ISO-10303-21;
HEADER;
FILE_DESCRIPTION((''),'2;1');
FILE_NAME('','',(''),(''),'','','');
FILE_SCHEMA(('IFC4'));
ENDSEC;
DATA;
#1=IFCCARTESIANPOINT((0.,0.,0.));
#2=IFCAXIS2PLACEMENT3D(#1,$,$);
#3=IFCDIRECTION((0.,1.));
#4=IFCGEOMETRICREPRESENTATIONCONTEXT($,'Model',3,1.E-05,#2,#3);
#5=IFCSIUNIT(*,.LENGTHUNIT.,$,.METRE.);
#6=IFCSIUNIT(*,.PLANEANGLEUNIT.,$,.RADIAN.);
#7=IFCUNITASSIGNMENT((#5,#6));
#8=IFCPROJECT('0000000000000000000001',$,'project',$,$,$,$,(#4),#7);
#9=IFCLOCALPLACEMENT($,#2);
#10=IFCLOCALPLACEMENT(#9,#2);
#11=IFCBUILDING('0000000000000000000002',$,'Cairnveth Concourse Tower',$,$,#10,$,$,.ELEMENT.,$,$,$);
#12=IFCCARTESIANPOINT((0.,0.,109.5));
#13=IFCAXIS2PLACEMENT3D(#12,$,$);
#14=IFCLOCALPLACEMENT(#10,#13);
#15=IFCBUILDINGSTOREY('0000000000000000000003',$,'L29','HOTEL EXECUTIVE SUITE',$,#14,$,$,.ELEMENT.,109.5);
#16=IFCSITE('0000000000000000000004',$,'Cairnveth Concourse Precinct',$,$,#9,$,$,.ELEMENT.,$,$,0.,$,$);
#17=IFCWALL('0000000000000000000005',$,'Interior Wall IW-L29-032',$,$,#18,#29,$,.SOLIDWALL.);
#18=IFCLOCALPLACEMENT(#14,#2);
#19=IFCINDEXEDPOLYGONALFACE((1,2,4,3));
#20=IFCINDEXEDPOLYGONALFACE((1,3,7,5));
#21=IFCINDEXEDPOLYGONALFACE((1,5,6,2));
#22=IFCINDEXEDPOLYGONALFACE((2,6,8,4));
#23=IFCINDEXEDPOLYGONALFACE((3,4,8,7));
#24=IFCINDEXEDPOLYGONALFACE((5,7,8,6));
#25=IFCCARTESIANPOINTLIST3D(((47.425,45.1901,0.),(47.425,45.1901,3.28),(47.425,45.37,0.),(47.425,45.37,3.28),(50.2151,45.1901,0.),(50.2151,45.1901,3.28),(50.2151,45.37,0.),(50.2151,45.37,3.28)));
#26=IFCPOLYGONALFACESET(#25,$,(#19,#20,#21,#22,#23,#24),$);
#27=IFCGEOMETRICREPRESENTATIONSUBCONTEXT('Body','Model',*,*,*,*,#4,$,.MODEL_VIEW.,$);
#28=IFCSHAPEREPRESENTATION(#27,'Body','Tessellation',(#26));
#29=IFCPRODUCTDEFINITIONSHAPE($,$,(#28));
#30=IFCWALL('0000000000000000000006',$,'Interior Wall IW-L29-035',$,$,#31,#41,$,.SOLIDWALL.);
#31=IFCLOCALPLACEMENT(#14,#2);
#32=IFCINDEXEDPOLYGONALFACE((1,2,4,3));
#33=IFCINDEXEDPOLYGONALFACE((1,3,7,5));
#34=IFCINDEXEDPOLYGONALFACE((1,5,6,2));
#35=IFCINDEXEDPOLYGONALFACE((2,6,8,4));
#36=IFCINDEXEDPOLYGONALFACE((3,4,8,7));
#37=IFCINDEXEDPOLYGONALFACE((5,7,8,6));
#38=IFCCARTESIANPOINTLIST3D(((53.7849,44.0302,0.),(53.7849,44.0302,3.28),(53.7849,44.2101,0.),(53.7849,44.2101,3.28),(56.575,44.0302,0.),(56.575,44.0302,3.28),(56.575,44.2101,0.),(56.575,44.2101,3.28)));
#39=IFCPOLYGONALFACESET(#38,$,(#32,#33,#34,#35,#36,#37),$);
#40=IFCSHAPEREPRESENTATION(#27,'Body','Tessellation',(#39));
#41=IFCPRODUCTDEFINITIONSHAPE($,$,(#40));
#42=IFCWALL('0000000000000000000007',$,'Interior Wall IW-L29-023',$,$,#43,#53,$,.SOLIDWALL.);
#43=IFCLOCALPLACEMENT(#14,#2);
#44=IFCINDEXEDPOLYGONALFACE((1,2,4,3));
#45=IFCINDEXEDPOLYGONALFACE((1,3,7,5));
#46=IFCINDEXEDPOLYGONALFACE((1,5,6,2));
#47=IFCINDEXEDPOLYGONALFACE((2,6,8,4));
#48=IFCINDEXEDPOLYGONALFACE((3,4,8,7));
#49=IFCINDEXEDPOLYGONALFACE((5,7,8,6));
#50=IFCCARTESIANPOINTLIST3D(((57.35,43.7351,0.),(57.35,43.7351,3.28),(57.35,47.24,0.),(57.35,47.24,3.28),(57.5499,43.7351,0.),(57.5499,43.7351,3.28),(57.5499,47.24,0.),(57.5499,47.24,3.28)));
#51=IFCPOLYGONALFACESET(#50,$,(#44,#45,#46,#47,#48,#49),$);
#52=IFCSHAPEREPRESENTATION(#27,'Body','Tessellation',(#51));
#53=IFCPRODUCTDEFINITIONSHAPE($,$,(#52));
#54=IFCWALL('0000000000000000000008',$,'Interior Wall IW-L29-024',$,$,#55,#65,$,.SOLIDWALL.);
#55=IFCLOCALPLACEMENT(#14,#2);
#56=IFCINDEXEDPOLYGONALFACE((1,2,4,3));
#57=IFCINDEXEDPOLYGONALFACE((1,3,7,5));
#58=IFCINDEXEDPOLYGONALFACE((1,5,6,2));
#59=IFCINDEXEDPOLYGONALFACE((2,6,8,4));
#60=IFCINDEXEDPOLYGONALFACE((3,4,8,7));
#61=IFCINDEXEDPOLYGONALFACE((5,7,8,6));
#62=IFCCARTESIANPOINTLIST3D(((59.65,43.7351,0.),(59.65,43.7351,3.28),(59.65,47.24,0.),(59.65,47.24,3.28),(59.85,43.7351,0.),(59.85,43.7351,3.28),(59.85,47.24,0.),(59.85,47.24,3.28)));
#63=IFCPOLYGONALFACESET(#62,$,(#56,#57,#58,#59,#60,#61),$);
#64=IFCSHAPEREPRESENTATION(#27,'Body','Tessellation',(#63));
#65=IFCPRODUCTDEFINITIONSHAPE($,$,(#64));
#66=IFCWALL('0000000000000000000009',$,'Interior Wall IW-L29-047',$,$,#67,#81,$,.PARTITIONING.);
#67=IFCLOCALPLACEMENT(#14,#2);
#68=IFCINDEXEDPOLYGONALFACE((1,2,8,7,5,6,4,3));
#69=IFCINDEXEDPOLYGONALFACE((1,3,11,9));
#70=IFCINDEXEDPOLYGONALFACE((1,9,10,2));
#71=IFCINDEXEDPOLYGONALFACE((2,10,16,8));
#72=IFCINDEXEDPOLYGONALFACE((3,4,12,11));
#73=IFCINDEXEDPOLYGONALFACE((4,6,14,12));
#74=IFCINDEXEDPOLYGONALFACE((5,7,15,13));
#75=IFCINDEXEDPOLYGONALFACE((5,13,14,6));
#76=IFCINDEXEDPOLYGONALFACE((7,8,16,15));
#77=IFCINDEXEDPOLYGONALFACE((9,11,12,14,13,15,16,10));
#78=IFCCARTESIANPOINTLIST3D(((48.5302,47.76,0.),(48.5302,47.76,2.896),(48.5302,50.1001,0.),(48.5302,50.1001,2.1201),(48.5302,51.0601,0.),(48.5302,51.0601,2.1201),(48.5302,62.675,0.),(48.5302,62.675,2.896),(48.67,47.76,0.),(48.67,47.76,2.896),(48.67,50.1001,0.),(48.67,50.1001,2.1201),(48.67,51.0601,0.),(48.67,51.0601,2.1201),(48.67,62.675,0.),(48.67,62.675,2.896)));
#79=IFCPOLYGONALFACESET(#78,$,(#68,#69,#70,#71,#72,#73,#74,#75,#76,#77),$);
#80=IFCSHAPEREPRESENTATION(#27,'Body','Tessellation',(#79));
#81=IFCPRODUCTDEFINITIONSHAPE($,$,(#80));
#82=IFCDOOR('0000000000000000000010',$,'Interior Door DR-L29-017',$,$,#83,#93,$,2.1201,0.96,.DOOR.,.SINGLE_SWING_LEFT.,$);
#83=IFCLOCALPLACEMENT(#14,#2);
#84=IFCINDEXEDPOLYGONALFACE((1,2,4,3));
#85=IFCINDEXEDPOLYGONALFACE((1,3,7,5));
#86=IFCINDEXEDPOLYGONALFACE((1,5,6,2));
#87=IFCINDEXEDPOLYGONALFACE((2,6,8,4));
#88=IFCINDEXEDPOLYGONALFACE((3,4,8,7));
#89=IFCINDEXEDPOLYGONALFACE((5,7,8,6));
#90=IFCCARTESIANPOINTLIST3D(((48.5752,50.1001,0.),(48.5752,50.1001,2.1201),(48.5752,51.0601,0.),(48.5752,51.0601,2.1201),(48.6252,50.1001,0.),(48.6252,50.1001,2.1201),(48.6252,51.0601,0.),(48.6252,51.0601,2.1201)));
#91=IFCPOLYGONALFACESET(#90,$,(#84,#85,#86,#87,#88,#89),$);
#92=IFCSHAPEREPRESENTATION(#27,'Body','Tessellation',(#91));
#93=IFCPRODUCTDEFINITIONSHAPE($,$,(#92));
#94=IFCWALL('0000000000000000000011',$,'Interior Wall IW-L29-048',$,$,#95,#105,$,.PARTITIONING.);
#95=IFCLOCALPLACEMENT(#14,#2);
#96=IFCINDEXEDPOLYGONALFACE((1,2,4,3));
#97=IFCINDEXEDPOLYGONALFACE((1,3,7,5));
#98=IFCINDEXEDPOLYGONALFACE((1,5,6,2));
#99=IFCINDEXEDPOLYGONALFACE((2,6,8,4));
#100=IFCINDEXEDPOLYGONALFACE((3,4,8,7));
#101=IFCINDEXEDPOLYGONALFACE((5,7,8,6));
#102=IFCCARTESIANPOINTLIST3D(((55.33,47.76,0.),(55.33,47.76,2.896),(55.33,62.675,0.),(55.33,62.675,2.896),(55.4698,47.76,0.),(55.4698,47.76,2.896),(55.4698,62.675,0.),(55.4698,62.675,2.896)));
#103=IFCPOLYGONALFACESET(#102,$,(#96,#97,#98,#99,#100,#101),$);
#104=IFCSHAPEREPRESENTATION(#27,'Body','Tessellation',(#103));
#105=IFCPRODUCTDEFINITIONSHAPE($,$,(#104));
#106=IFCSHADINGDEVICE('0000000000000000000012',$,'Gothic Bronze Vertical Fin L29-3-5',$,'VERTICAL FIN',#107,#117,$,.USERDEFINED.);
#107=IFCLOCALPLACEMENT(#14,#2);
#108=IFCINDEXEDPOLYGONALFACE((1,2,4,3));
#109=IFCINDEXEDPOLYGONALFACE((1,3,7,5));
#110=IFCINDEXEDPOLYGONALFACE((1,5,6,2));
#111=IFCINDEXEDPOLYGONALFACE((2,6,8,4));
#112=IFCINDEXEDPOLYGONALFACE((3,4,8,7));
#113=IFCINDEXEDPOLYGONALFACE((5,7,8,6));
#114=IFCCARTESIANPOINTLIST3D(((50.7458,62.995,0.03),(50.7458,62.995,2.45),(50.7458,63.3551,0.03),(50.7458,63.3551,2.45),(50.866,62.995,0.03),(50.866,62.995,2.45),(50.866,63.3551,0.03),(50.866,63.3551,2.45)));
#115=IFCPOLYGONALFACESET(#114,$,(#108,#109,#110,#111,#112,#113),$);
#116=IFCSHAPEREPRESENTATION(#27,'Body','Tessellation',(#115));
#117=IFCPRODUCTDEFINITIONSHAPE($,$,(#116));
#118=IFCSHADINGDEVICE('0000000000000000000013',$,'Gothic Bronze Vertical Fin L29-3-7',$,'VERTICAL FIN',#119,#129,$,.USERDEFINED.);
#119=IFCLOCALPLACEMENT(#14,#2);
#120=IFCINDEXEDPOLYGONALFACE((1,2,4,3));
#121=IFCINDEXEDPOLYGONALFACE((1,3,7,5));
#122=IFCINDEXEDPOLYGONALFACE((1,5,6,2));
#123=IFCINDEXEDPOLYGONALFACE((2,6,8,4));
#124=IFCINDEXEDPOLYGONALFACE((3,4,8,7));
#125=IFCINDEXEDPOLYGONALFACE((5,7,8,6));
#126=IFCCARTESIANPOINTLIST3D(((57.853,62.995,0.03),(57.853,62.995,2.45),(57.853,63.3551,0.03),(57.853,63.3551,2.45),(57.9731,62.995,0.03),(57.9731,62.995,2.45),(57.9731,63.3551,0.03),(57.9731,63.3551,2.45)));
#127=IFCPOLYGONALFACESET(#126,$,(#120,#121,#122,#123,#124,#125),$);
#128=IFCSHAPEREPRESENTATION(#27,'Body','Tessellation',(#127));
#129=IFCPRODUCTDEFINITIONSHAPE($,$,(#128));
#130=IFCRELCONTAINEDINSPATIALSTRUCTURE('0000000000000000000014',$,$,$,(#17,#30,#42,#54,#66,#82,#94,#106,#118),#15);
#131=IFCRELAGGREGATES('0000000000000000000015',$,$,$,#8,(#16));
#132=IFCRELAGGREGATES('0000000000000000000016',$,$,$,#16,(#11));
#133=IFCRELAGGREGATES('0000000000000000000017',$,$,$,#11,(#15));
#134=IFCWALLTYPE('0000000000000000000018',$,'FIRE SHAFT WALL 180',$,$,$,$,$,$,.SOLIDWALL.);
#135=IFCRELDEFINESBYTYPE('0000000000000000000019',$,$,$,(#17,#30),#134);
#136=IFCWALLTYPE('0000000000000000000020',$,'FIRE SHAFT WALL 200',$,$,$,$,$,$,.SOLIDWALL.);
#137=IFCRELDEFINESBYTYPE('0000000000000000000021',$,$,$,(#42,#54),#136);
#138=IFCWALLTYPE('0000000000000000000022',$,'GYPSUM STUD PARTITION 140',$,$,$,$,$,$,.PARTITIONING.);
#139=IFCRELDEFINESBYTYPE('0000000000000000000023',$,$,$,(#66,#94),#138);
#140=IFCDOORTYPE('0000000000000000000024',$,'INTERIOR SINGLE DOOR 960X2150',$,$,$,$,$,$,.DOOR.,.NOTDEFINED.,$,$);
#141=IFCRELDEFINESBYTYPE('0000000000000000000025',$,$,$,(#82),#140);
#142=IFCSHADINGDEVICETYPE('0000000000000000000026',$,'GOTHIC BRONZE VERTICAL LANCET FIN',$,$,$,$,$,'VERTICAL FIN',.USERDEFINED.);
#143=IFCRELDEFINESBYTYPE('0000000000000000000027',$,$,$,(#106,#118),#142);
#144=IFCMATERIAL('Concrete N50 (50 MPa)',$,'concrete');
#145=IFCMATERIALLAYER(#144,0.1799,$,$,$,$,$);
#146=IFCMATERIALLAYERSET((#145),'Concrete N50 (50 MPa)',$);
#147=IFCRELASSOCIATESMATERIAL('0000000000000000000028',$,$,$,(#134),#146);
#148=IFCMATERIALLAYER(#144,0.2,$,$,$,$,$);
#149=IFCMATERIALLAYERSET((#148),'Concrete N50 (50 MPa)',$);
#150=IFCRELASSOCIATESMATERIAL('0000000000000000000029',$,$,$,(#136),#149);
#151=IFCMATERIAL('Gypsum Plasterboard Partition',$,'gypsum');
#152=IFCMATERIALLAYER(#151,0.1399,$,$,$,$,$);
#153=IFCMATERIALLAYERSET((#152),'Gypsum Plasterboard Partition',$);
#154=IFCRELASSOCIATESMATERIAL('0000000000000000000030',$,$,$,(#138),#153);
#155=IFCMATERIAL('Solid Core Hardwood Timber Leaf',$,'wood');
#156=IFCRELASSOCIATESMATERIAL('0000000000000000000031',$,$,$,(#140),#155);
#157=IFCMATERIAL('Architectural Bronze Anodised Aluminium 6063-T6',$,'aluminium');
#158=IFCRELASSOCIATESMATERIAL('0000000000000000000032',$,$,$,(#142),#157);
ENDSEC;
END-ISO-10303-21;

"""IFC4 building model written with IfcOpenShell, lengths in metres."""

from ifc_helpers import new_model, si_unit, direction, frame, frame_2d, origin, origin_2d, place, context, subcontext, project, spatial, rectangle, extrude, material, layer, layer_set, type_object, element, fill, save


model = new_model("IFC4")

# Units and contexts
model_context = context("Model", 3, precision=1e-05, world=origin(), true_north=direction((0.0, 1.0)))
body_context = subcontext(model_context, "Body", "Model", "MODEL_VIEW")
ifc_project = project(units=[si_unit("LENGTHUNIT", "METRE"), si_unit("PLANEANGLEUNIT", "RADIAN")], contexts=[model_context])

# Site, building, storey
site_placement = place(None, origin())
site = spatial("IfcSite", under=ifc_project, at=site_placement, Name="Cairnveth Concourse Precinct", CompositionType="ELEMENT", RefElevation=0.0)
building_placement = place(site_placement, origin())
building = spatial("IfcBuilding", under=site, at=building_placement, Name="Cairnveth Concourse Tower", CompositionType="ELEMENT")
storey_placement = place(building_placement, frame((0.0, 0.0, 109.5)))
storey = spatial("IfcBuildingStorey", under=building, at=storey_placement, Name="L29", Description="HOTEL EXECUTIVE SUITE", CompositionType="ELEMENT", Elevation=109.5)

# Walls
ifc_material_1 = material(Name="Concrete N50 (50 MPa)", Category="concrete")
ifc_layer_1 = layer(ifc_material_1, 0.1799)
ifc_layer_set_1 = layer_set([ifc_layer_1], Name="Concrete N50 (50 MPa)")
wall_type_1 = type_object("IfcWallType", Name="FIRE SHAFT WALL 180", PredefinedType="SOLIDWALL", material=ifc_layer_set_1)
for number, where, z_axis, x_axis, name in (
    (1, (47.425, 45.28, 0.0), (0.0, 0.0, 1.0), (1.0, 0.0, 0.0), "Interior Wall IW-L29-032"),
    (2, (53.7849, 44.1201, 0.0), (0.0, 0.0, 1.0), (1.0, 0.0, 0.0), "Interior Wall IW-L29-035"),
):
    element("IfcWall", number, at=place(storey_placement, frame(where, z_axis=z_axis, x_axis=x_axis)), inside=storey, type_object=wall_type_1, Name=name, PredefinedType="SOLIDWALL", context=body_context, shape_type="SweptSolid", body=[
        extrude(rectangle(XDim=2.79, YDim=0.1799, at=frame_2d((1.395, 0.0))), origin(), (0.0, 0.0, 1.0), 3.28),
    ])
ifc_layer_2 = layer(ifc_material_1, 0.2)
ifc_layer_set_2 = layer_set([ifc_layer_2], Name="Concrete N50 (50 MPa)")
wall_type_2 = type_object("IfcWallType", Name="FIRE SHAFT WALL 200", PredefinedType="SOLIDWALL", material=ifc_layer_set_2)
for number, where, z_axis, x_axis, name in (
    (3, (57.45, 43.7351, 0.0), (0.0, 0.0, 1.0), (0.0, 1.0, 0.0), "Interior Wall IW-L29-023"),
    (4, (59.75, 43.7351, 0.0), (0.0, 0.0, 1.0), (0.0, 1.0, 0.0), "Interior Wall IW-L29-024"),
):
    element("IfcWall", number, at=place(storey_placement, frame(where, z_axis=z_axis, x_axis=x_axis)), inside=storey, type_object=wall_type_2, Name=name, PredefinedType="SOLIDWALL", context=body_context, shape_type="SweptSolid", body=[
        extrude(rectangle(XDim=3.5049, YDim=0.2, at=frame_2d((1.7524, 0.0))), origin(), (0.0, 0.0, 1.0), 3.28),
    ])

# Wall, opening, door
ifc_material_2 = material(Name="Gypsum Plasterboard Partition", Category="gypsum")
ifc_layer_3 = layer(ifc_material_2, 0.1399)
ifc_layer_set_3 = layer_set([ifc_layer_3], Name="Gypsum Plasterboard Partition")
wall_type_3 = type_object("IfcWallType", Name="GYPSUM STUD PARTITION 140", PredefinedType="PARTITIONING", material=ifc_layer_set_3)
wall_1_placement = place(storey_placement, frame((48.6001, 47.76, 0.0), z_axis=(0.0, 0.0, 1.0), x_axis=(0.0, 1.0, 0.0)))
wall_1 = element("IfcWall", 5, at=wall_1_placement, inside=storey, type_object=wall_type_3, Name="Interior Wall IW-L29-047", PredefinedType="PARTITIONING", context=body_context, shape_type="SweptSolid", body=[
    extrude(rectangle(XDim=14.915, YDim=0.1399, at=frame_2d((7.4575, 0.0))), origin(), (0.0, 0.0, 1.0), 2.896),
])
opening_placement = place(wall_1_placement, frame((2.3401, 0.0, 0.0)))
opening = element("IfcOpeningElement", 6, at=opening_placement, cuts=wall_1, PredefinedType="OPENING", context=body_context, shape_type="SweptSolid", body=[
    extrude(rectangle(XDim=0.96, YDim=2.1201, at=frame_2d((0.48, 1.0601))), frame((0.0, 0.0798, 0.0), z_axis=(0.0, -1.0, 0.0), x_axis=(1.0, 0.0, 0.0)), (0.0, 0.0, 1.0), 0.1599),
])
ifc_material_3 = material(Name="Solid Core Hardwood Timber Leaf", Category="wood")
door_type = type_object("IfcDoorType", Name="INTERIOR SINGLE DOOR 960X2150", OperationType="NOTDEFINED", PredefinedType="DOOR", material=ifc_material_3)
door_placement = place(opening_placement, origin())
door = element("IfcDoor", 7, at=door_placement, inside=storey, type_object=door_type, Name="Interior Door DR-L29-017", OperationType="SINGLE_SWING_LEFT", OverallHeight=2.1201, OverallWidth=0.96, PredefinedType="DOOR", context=body_context, shape_type="SweptSolid", body=[
    extrude(rectangle(XDim=0.96, YDim=2.1201, at=frame_2d((0.48, 1.0601))), frame((0.0, 0.0249, 0.0), z_axis=(0.0, -1.0, 0.0), x_axis=(1.0, 0.0, 0.0)), (0.0, 0.0, 1.0), 0.05),
])
fill(opening, door)

# Wall
wall_2_placement = place(storey_placement, frame((55.3999, 47.76, 0.0), z_axis=(0.0, 0.0, 1.0), x_axis=(0.0, 1.0, 0.0)))
element("IfcWall", 8, at=wall_2_placement, inside=storey, type_object=wall_type_3, Name="Interior Wall IW-L29-048", PredefinedType="PARTITIONING", context=body_context, shape_type="SweptSolid", body=[
    extrude(rectangle(XDim=14.915, YDim=0.1399, at=frame_2d((7.4575, 0.0))), origin(), (0.0, 0.0, 1.0), 2.896),
])

# Shading devices
ifc_material_4 = material(Name="Architectural Bronze Anodised Aluminium 6063-T6", Category="aluminium")
shading_device_type = type_object("IfcShadingDeviceType", Name="GOTHIC BRONZE VERTICAL LANCET FIN", ElementType="VERTICAL FIN", PredefinedType="USERDEFINED", material=ifc_material_4)
for number, where, z_axis, x_axis, name in (
    (9, (50.8059, 63.175, 0.03), (0.0, 0.0, 1.0), (1.0, 0.0, 0.0), "Gothic Bronze Vertical Fin L29-3-5"),
    (10, (57.9131, 63.175, 0.03), (0.0, 0.0, 1.0), (1.0, 0.0, 0.0), "Gothic Bronze Vertical Fin L29-3-7"),
):
    element("IfcShadingDevice", number, at=place(storey_placement, frame(where, z_axis=z_axis, x_axis=x_axis)), inside=storey, type_object=shading_device_type, Name=name, ObjectType="VERTICAL FIN", PredefinedType="USERDEFINED", context=body_context, shape_type="SweptSolid", body=[
        extrude(rectangle(XDim=0.1201, YDim=0.3601, at=origin_2d()), origin(), (0.0, 0.0, 1.0), 2.4199),
    ])

save(model, "model.ifc")
